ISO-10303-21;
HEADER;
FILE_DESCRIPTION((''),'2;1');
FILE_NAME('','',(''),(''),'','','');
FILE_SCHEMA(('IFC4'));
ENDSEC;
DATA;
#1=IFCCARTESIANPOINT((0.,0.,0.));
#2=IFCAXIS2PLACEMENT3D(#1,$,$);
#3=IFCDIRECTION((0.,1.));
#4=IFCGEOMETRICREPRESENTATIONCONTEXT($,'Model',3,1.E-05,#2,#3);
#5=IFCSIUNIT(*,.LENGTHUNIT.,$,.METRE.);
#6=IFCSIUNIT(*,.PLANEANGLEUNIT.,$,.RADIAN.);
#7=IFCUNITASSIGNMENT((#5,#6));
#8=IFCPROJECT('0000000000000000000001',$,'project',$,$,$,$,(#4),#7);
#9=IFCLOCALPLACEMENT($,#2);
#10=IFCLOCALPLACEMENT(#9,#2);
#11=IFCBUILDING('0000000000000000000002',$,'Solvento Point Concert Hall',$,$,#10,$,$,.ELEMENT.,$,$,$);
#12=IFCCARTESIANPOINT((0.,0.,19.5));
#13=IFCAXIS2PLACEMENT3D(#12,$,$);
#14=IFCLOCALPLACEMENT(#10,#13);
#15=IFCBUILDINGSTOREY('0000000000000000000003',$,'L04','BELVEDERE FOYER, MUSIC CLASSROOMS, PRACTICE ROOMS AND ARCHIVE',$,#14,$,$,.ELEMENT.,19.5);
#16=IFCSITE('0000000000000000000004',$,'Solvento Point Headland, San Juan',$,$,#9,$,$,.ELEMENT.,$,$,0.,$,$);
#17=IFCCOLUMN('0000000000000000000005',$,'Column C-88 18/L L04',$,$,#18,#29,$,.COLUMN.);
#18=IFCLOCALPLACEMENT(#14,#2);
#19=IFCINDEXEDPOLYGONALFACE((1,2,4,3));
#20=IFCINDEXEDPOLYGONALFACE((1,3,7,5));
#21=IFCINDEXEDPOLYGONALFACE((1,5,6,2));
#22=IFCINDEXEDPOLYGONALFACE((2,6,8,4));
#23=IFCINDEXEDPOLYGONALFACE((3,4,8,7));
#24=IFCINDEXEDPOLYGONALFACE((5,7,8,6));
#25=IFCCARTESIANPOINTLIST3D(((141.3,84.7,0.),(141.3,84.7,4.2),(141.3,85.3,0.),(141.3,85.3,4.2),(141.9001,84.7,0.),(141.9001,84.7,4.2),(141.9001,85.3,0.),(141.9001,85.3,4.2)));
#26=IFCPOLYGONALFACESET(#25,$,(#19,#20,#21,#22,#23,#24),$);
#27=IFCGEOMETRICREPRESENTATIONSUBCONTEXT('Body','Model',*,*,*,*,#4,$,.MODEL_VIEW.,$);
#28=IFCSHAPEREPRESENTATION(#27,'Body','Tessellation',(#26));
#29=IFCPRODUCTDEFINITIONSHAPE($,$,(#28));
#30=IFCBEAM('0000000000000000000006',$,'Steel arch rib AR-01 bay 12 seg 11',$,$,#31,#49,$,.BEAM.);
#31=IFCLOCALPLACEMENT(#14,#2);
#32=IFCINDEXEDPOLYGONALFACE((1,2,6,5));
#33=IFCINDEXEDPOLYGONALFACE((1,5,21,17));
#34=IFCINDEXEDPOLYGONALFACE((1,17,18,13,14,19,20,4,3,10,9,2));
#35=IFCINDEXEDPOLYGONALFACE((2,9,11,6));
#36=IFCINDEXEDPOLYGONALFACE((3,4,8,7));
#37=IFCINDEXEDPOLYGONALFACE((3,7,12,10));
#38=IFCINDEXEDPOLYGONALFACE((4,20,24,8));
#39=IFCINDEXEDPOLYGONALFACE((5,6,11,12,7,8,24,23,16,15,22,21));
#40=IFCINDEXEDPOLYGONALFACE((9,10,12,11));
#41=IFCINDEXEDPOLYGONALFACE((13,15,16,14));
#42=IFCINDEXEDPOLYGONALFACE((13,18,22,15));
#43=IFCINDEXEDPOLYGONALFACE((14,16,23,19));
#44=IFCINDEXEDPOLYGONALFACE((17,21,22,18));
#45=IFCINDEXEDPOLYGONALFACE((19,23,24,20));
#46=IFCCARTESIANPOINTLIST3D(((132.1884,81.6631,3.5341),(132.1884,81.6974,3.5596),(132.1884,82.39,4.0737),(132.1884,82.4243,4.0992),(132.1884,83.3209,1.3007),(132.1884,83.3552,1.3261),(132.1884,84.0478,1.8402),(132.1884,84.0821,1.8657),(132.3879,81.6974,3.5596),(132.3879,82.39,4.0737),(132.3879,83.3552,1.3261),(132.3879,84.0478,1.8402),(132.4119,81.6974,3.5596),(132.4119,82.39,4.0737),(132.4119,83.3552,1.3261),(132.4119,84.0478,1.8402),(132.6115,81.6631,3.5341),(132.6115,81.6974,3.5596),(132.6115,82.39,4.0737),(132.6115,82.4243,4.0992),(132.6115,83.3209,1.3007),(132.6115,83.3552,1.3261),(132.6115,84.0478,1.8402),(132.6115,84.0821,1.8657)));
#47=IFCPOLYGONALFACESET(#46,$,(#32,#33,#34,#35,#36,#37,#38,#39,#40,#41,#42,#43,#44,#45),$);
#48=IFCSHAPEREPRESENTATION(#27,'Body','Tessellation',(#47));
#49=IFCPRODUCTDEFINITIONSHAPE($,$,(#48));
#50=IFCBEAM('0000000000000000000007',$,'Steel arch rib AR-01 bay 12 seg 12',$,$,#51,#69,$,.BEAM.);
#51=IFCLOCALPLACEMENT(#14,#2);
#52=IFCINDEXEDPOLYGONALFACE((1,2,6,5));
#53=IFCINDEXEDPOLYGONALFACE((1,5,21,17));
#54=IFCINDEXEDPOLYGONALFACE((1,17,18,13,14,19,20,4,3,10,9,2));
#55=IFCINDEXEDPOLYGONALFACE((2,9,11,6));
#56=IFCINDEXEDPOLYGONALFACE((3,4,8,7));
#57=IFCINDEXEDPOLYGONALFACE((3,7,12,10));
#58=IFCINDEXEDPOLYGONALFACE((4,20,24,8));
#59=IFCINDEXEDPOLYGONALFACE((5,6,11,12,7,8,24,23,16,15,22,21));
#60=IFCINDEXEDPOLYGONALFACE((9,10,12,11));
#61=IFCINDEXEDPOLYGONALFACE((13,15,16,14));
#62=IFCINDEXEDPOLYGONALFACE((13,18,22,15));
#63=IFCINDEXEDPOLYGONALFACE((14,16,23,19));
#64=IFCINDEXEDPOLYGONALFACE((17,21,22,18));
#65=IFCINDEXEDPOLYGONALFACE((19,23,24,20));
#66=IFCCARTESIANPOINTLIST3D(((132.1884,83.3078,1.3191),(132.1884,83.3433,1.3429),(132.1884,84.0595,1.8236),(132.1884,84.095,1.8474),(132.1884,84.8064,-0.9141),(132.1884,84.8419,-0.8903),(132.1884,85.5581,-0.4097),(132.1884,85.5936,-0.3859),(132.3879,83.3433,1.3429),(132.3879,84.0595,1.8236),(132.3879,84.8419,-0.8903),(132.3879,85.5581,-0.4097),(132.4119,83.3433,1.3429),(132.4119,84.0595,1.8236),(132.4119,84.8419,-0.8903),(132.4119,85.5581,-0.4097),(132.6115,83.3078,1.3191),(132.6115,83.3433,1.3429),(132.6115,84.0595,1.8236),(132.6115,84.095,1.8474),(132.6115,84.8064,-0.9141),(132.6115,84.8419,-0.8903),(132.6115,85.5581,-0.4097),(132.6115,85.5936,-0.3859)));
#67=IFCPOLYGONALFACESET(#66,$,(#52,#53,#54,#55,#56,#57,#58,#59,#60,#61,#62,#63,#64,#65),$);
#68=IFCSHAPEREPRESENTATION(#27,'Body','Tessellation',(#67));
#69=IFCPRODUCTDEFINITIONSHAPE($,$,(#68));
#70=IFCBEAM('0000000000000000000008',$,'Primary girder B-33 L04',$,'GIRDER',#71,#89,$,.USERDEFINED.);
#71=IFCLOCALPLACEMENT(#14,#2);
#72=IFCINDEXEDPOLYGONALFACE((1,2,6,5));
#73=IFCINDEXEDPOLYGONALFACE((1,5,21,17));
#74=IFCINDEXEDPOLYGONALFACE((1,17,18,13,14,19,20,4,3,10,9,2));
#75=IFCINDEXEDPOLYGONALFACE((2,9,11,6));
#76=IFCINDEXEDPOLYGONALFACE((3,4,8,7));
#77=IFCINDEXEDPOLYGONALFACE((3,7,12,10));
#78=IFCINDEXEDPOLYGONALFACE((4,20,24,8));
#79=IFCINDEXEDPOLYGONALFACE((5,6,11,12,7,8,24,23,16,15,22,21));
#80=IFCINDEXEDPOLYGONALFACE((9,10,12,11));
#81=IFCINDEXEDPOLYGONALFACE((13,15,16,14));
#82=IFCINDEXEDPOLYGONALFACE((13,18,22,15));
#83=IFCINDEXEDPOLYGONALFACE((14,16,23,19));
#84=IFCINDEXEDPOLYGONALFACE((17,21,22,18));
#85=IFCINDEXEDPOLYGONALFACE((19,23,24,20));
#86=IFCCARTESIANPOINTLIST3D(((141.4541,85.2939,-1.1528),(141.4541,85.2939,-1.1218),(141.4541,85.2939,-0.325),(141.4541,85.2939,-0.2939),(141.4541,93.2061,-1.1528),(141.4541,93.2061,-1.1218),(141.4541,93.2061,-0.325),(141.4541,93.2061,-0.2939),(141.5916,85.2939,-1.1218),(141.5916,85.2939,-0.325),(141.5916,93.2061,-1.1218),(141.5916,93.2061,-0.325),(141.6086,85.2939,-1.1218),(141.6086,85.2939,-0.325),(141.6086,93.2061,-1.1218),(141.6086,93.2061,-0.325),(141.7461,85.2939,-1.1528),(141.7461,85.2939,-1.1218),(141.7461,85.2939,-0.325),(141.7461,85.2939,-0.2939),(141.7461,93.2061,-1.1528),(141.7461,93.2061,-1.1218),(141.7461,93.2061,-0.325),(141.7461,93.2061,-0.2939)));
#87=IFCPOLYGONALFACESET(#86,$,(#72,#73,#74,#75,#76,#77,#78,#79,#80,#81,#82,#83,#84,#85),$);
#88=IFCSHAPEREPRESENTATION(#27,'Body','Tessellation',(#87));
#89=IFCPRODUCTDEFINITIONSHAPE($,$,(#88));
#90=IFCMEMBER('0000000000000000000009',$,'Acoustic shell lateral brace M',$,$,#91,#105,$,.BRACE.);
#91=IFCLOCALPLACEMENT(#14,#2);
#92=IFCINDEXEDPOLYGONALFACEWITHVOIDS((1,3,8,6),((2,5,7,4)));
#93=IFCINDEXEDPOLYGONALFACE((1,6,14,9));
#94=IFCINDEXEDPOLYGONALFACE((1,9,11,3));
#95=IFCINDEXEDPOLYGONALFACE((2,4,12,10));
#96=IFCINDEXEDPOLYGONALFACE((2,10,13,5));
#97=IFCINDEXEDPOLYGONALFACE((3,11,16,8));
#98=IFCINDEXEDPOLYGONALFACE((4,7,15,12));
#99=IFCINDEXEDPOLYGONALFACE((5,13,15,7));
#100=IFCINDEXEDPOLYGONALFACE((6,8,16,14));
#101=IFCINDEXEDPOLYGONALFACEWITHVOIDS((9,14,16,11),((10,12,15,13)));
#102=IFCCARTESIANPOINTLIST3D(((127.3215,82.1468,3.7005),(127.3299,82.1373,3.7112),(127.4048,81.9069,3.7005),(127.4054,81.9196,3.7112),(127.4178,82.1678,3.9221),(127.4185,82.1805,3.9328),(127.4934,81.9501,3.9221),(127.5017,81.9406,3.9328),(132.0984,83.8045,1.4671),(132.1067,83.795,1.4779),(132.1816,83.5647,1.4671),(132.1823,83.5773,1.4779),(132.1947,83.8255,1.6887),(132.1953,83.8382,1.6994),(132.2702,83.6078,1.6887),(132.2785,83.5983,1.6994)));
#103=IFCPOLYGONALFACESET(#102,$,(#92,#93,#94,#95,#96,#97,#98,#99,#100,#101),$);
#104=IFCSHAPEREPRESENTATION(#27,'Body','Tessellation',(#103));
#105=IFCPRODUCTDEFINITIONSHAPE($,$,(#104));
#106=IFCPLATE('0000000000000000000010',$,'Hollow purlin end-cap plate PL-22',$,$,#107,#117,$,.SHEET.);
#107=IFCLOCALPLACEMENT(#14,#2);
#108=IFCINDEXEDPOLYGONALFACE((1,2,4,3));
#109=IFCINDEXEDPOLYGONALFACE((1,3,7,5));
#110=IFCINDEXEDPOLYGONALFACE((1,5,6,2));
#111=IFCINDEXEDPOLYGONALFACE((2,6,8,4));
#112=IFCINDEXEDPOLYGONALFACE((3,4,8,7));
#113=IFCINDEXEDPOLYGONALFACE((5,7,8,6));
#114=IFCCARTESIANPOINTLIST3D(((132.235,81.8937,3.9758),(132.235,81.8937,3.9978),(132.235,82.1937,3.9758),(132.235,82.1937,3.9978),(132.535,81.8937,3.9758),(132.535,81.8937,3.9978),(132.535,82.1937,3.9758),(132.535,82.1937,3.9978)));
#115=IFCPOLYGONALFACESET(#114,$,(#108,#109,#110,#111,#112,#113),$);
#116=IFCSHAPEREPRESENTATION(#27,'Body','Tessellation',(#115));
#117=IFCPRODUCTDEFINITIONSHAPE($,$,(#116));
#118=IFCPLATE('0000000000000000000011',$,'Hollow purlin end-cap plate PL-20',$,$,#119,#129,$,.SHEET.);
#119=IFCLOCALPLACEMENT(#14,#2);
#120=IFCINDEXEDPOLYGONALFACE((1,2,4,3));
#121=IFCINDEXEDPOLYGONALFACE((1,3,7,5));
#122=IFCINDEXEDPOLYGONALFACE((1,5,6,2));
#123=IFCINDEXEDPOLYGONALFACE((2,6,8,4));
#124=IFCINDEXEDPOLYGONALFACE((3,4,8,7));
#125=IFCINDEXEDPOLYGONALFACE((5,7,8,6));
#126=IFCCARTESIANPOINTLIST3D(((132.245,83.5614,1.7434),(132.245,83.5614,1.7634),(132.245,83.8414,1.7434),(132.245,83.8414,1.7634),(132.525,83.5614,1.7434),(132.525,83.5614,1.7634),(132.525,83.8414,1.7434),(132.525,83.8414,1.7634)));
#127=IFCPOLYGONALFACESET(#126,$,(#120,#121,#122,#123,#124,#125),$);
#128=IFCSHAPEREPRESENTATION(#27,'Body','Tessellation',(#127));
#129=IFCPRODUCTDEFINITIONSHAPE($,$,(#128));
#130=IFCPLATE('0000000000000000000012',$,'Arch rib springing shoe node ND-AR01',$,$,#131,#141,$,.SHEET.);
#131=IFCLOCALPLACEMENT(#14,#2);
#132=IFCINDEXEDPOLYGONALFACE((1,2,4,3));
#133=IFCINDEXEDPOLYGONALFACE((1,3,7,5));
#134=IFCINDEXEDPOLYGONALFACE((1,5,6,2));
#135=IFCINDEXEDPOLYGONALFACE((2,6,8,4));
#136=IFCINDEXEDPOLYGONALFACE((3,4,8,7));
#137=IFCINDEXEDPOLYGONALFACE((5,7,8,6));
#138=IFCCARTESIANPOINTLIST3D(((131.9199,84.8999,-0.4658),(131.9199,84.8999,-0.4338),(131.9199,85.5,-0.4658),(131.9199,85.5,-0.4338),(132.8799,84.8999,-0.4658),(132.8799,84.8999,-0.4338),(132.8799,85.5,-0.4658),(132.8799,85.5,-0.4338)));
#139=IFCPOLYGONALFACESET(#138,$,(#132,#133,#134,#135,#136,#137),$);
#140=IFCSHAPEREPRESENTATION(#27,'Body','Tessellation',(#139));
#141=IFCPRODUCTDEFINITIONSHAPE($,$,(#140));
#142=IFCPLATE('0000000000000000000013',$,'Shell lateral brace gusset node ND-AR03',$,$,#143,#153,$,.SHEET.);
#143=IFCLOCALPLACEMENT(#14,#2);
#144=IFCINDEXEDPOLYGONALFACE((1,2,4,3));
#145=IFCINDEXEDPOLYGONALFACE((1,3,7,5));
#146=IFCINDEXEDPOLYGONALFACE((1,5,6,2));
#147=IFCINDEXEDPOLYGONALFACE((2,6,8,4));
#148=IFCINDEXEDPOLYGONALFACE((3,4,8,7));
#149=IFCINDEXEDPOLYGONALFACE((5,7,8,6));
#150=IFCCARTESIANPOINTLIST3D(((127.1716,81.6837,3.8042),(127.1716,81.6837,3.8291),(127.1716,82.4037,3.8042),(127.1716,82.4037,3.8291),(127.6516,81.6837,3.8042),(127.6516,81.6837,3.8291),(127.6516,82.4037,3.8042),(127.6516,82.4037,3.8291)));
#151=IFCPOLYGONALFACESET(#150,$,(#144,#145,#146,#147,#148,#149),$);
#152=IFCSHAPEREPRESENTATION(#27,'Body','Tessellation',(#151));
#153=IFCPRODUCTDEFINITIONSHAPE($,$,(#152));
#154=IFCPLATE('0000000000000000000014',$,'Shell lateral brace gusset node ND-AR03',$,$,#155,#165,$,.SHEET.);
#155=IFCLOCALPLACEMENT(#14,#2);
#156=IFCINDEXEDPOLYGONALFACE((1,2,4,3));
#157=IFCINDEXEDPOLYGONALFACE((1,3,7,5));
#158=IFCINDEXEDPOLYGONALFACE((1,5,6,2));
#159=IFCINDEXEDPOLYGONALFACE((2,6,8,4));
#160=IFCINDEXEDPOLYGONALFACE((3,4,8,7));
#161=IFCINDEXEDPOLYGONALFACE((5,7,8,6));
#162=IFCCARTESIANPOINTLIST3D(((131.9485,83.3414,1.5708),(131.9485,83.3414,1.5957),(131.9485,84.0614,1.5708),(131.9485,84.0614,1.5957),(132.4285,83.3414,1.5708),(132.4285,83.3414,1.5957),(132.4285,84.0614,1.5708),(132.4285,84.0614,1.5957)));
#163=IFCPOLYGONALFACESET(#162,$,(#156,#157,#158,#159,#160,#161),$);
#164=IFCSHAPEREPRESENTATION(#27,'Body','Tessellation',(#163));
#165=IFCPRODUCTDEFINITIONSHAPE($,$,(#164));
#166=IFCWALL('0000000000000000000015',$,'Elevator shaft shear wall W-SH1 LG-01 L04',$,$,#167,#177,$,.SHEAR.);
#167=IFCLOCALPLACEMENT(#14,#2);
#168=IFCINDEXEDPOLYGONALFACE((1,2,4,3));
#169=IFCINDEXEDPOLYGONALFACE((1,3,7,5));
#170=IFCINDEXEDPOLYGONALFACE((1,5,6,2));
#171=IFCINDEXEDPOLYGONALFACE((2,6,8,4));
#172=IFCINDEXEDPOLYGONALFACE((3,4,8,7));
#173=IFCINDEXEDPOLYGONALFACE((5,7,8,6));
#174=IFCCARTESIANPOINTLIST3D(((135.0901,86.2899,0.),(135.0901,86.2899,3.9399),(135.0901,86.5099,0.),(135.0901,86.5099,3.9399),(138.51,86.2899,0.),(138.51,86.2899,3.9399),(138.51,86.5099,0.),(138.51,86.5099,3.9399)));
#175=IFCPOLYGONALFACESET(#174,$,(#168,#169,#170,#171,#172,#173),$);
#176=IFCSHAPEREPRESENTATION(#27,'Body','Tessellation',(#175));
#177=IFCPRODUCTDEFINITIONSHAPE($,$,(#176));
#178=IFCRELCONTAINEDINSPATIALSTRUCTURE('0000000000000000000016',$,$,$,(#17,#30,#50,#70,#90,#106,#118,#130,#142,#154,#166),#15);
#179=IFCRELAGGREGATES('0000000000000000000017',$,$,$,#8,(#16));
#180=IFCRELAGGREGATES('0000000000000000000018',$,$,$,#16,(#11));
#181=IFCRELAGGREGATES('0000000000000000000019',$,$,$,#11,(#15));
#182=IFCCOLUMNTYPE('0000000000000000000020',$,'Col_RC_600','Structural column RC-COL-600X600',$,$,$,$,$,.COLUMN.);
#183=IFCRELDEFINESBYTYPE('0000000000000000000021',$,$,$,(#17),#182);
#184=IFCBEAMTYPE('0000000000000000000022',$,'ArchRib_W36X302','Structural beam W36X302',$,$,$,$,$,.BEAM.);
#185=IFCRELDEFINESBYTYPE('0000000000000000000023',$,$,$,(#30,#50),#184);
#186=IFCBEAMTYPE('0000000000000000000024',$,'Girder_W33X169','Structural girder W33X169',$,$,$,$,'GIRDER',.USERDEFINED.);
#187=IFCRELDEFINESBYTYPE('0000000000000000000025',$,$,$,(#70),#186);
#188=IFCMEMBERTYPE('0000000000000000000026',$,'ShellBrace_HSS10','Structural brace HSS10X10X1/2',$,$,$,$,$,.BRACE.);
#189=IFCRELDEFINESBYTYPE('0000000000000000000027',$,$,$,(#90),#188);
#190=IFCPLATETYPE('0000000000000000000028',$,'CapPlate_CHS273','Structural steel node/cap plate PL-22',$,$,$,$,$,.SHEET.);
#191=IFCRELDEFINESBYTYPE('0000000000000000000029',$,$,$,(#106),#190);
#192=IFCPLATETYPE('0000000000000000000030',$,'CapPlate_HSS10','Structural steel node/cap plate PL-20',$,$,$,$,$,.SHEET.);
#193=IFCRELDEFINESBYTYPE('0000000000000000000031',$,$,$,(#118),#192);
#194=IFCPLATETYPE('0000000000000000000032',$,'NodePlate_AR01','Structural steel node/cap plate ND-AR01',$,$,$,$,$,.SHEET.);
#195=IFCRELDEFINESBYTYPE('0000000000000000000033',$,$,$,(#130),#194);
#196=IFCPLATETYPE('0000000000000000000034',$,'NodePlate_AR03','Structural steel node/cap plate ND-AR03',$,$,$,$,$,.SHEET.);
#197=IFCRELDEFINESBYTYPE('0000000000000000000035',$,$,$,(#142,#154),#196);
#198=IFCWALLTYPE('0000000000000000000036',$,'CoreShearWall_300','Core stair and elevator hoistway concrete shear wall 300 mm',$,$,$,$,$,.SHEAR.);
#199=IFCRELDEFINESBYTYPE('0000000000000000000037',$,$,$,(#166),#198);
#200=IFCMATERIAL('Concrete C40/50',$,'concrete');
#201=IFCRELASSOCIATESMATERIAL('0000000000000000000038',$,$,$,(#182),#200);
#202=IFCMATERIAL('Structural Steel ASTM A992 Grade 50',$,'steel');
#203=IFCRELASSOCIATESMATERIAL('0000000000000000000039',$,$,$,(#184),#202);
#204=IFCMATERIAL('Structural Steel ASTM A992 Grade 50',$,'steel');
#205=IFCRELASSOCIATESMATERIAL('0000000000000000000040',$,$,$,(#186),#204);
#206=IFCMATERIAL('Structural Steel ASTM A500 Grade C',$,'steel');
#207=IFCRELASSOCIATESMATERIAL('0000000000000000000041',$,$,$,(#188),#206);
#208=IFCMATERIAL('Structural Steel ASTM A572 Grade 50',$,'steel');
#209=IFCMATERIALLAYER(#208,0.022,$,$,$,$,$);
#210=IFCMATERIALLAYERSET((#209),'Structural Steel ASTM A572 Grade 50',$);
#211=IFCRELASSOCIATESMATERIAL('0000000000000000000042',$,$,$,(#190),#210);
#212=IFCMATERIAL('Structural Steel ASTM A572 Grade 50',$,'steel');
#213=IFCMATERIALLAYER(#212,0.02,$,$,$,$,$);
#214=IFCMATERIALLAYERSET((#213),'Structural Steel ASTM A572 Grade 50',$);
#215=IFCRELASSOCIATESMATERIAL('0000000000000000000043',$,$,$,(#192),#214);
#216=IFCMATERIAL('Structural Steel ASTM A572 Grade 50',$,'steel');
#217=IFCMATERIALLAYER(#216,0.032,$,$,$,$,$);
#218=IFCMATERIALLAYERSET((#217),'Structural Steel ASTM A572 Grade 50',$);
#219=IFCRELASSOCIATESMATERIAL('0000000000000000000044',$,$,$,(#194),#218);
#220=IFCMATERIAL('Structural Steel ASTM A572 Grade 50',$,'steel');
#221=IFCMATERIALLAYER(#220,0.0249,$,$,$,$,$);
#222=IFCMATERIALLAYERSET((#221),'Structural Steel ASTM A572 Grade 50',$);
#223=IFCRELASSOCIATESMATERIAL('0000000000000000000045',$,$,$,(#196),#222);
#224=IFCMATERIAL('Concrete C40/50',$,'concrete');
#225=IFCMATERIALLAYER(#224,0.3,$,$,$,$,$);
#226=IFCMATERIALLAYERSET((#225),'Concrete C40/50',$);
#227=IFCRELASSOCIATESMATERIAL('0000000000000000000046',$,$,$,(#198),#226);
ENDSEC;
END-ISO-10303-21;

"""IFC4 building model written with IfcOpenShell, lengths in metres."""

from ifc_helpers import new_model, si_unit, direction, frame, frame_2d, origin, origin_2d, place, context, subcontext, project, spatial, rectangle, hollow_rectangle, i_section, extrude, material, layer, layer_set, material_profile, profile_set, type_object, element, save


model = new_model("IFC4")

# Units and contexts
model_context = context("Model", 3, precision=1e-05, world=origin(), true_north=direction((0.0, 1.0)))
body_context = subcontext(model_context, "Body", "Model", "MODEL_VIEW")
ifc_project = project(units=[si_unit("LENGTHUNIT", "METRE"), si_unit("PLANEANGLEUNIT", "RADIAN")], contexts=[model_context])

# Site, building, storey
site_placement = place(None, origin())
site = spatial("IfcSite", under=ifc_project, at=site_placement, Name="Solvento Point Headland, San Juan", CompositionType="ELEMENT", RefElevation=0.0)
building_placement = place(site_placement, origin())
building = spatial("IfcBuilding", under=site, at=building_placement, Name="Solvento Point Concert Hall", CompositionType="ELEMENT")
storey_placement = place(building_placement, frame((0.0, 0.0, 19.5)))
storey = spatial("IfcBuildingStorey", under=building, at=storey_placement, Name="L04", Description="BELVEDERE FOYER, MUSIC CLASSROOMS, PRACTICE ROOMS AND ARCHIVE", CompositionType="ELEMENT", Elevation=19.5)

# Column
ifc_material_1 = material(Name="Concrete C40/50", Category="concrete")
ifc_material_profile_1 = material_profile(ifc_material_1, rectangle(XDim=0.6001, YDim=0.6001, at=origin_2d()), Name="RC-COL-600X600")
ifc_profile_set_1 = profile_set([ifc_material_profile_1], Name="Concrete C40/50")
column_type = type_object("IfcColumnType", Name="Col_RC_600", Description="Structural column RC-COL-600X600", PredefinedType="COLUMN", material=ifc_profile_set_1)
column_placement = place(storey_placement, frame((141.6001, 85.0, 0.0), z_axis=(0.0, 0.0, 1.0), x_axis=(1.0, 0.0, 0.0)))
element("IfcColumn", 1, at=column_placement, inside=storey, type_object=column_type, Name="Column C-88 18/L L04", PredefinedType="COLUMN", context=body_context, shape_type="SweptSolid", body=[
    extrude(rectangle(XDim=0.6001, YDim=0.6001, at=origin_2d()), origin(), (0.0, 0.0, 1.0), 4.2),
])

# Beams
ifc_material_2 = material(Name="Structural Steel ASTM A992 Grade 50", Category="steel")
ifc_material_profile_2 = material_profile(ifc_material_2, i_section(OverallWidth=0.4231, OverallDepth=0.948, WebThickness=0.0239, FlangeThickness=0.0427, at=origin_2d()), Name="W36X302")
ifc_profile_set_2 = profile_set([ifc_material_profile_2], Name="Structural Steel ASTM A992 Grade 50")
beam_type_1 = type_object("IfcBeamType", Name="ArchRib_W36X302", Description="Structural beam W36X302", PredefinedType="BEAM", material=ifc_profile_set_2)
beam_1_placement = place(storey_placement, frame((132.3999, 82.0437, 3.8167), z_axis=(0.0, 0.596004, -0.802981), x_axis=(-1.0, 0.0, 0.0)))
element("IfcBeam", 2, at=beam_1_placement, inside=storey, type_object=beam_type_1, Name="Steel arch rib AR-01 bay 12 seg 11", PredefinedType="BEAM", context=body_context, shape_type="SweptSolid", body=[
    extrude(i_section(OverallWidth=0.4231, OverallDepth=0.948, WebThickness=0.0239, FlangeThickness=0.0427, at=origin_2d()), origin(), (0.0, 0.0, 1.0), 2.7815),
])
beam_2_placement = place(storey_placement, frame((132.3999, 83.7014, 1.5833), z_axis=(0.0, 0.557212, -0.830371), x_axis=(-1.0, 0.0, 0.0)))
element("IfcBeam", 3, at=beam_2_placement, inside=storey, type_object=beam_type_1, Name="Steel arch rib AR-01 bay 12 seg 12", PredefinedType="BEAM", context=body_context, shape_type="SweptSolid", body=[
    extrude(i_section(OverallWidth=0.4231, OverallDepth=0.948, WebThickness=0.0239, FlangeThickness=0.0427, at=origin_2d()), origin(), (0.0, 0.0, 1.0), 2.6895),
])
ifc_material_3 = material(Name="Structural Steel ASTM A992 Grade 50", Category="steel")
ifc_material_profile_3 = material_profile(ifc_material_3, i_section(OverallWidth=0.292, OverallDepth=0.8589, WebThickness=0.0171, FlangeThickness=0.031, at=origin_2d()), Name="W33X169")
ifc_profile_set_3 = profile_set([ifc_material_profile_3], Name="Structural Steel ASTM A992 Grade 50")
beam_type_2 = type_object("IfcBeamType", Name="Girder_W33X169", Description="Structural girder W33X169", ElementType="GIRDER", PredefinedType="USERDEFINED", material=ifc_profile_set_3)
beam_3_placement = place(storey_placement, frame((141.6001, 85.2939, -0.7234), z_axis=(0.0, 1.0, 0.0), x_axis=(-1.0, 0.0, 0.0)))
element("IfcBeam", 4, at=beam_3_placement, inside=storey, type_object=beam_type_2, Name="Primary girder B-33 L04", ObjectType="GIRDER", PredefinedType="USERDEFINED", context=body_context, shape_type="SweptSolid", body=[
    extrude(i_section(OverallWidth=0.292, OverallDepth=0.8589, WebThickness=0.0171, FlangeThickness=0.031, at=origin_2d()), origin(), (0.0, 0.0, 1.0), 7.9121),
])

# Member
ifc_material_4 = material(Name="Structural Steel ASTM A500 Grade C", Category="steel")
ifc_material_profile_4 = material_profile(ifc_material_4, hollow_rectangle(XDim=0.2539, YDim=0.2539, WallThickness=0.0117, at=origin_2d()), Name="HSS10X10X1/2")
ifc_profile_set_4 = profile_set([ifc_material_profile_4], Name="Structural Steel ASTM A500 Grade C")
member_type = type_object("IfcMemberType", Name="ShellBrace_HSS10", Description="Structural brace HSS10X10X1/2", PredefinedType="BRACE", material=ifc_profile_set_4)
member_placement = place(storey_placement, frame((127.4116, 82.0437, 3.8167), z_axis=(0.864182, 0.299897, -0.404044), x_axis=(-0.32785, 0.94473, 0.0)))
element("IfcMember", 5, at=member_placement, inside=storey, type_object=member_type, Name="Acoustic shell lateral brace M", PredefinedType="BRACE", context=body_context, shape_type="SweptSolid", body=[
    extrude(hollow_rectangle(XDim=0.2539, YDim=0.2539, WallThickness=0.0117, at=origin_2d()), origin(), (0.0, 0.0, 1.0), 5.5276),
])

# Plates
ifc_material_5 = material(Name="Structural Steel ASTM A572 Grade 50", Category="steel")
ifc_layer_1 = layer(ifc_material_5, 0.022)
ifc_layer_set_1 = layer_set([ifc_layer_1], Name="Structural Steel ASTM A572 Grade 50")
plate_type_1 = type_object("IfcPlateType", Name="CapPlate_CHS273", Description="Structural steel node/cap plate PL-22", PredefinedType="SHEET", material=ifc_layer_set_1)
plate_1_placement = place(storey_placement, frame((132.385, 82.0437, 3.9758), z_axis=(0.0, 0.0, 1.0), x_axis=(0.0, 1.0, 0.0)))
element("IfcPlate", 6, at=plate_1_placement, inside=storey, type_object=plate_type_1, Name="Hollow purlin end-cap plate PL-22", PredefinedType="SHEET", context=body_context, shape_type="SweptSolid", body=[
    extrude(rectangle(XDim=0.3, YDim=0.3, at=origin_2d()), origin(), (0.0, 0.0, 1.0), 0.022),
])
ifc_material_6 = material(Name="Structural Steel ASTM A572 Grade 50", Category="steel")
ifc_layer_2 = layer(ifc_material_6, 0.02)
ifc_layer_set_2 = layer_set([ifc_layer_2], Name="Structural Steel ASTM A572 Grade 50")
plate_type_2 = type_object("IfcPlateType", Name="CapPlate_HSS10", Description="Structural steel node/cap plate PL-20", PredefinedType="SHEET", material=ifc_layer_set_2)
plate_2_placement = place(storey_placement, frame((132.385, 83.7014, 1.7434), z_axis=(0.0, 0.0, 1.0), x_axis=(0.0, 1.0, 0.0)))
element("IfcPlate", 7, at=plate_2_placement, inside=storey, type_object=plate_type_2, Name="Hollow purlin end-cap plate PL-20", PredefinedType="SHEET", context=body_context, shape_type="SweptSolid", body=[
    extrude(rectangle(XDim=0.28, YDim=0.28, at=origin_2d()), origin(), (0.0, 0.0, 1.0), 0.02),
])
ifc_material_7 = material(Name="Structural Steel ASTM A572 Grade 50", Category="steel")
ifc_layer_3 = layer(ifc_material_7, 0.032)
ifc_layer_set_3 = layer_set([ifc_layer_3], Name="Structural Steel ASTM A572 Grade 50")
plate_type_3 = type_object("IfcPlateType", Name="NodePlate_AR01", Description="Structural steel node/cap plate ND-AR01", PredefinedType="SHEET", material=ifc_layer_set_3)
plate_3_placement = place(storey_placement, frame((132.3999, 85.2, -0.4658), z_axis=(0.0, 0.0, 1.0), x_axis=(1.0, 0.0, 0.0)))
element("IfcPlate", 8, at=plate_3_placement, inside=storey, type_object=plate_type_3, Name="Arch rib springing shoe node ND-AR01", PredefinedType="SHEET", context=body_context, shape_type="SweptSolid", body=[
    extrude(rectangle(XDim=0.96, YDim=0.6001, at=origin_2d()), origin(), (0.0, 0.0, 1.0), 0.032),
])
ifc_material_8 = material(Name="Structural Steel ASTM A572 Grade 50", Category="steel")
ifc_layer_4 = layer(ifc_material_8, 0.0249)
ifc_layer_set_4 = layer_set([ifc_layer_4], Name="Structural Steel ASTM A572 Grade 50")
plate_type_4 = type_object("IfcPlateType", Name="NodePlate_AR03", Description="Structural steel node/cap plate ND-AR03", PredefinedType="SHEET", material=ifc_layer_set_4)
for number, where, z_axis, x_axis, name in (
    (9, (127.4116, 82.0437, 3.8042), (0.0, 0.0, 1.0), (0.0, 1.0, 0.0), "Shell lateral brace gusset node ND-AR03"),
    (10, (132.1885, 83.7014, 1.5708), (0.0, 0.0, 1.0), (0.0, 1.0, 0.0), "Shell lateral brace gusset node ND-AR03"),
):
    element("IfcPlate", number, at=place(storey_placement, frame(where, z_axis=z_axis, x_axis=x_axis)), inside=storey, type_object=plate_type_4, Name=name, PredefinedType="SHEET", context=body_context, shape_type="SweptSolid", body=[
        extrude(rectangle(XDim=0.72, YDim=0.48, at=origin_2d()), origin(), (0.0, 0.0, 1.0), 0.0249),
    ])

# Wall
ifc_material_9 = material(Name="Concrete C40/50", Category="concrete")
ifc_layer_5 = layer(ifc_material_9, 0.3)
ifc_layer_set_5 = layer_set([ifc_layer_5], Name="Concrete C40/50")
wall_type_1 = type_object("IfcWallType", Name="CoreShearWall_300", Description="Core stair and elevator hoistway concrete shear wall 300 mm", PredefinedType="SHEAR", material=ifc_layer_set_5)
for number, where, z_axis, x_axis, name in (
    (11, (135.0901, 86.3999, 0.0), (0.0, 0.0, 1.0), (1.0, 0.0, 0.0), "Elevator shaft shear wall W-SH1 LG-01 L04"),
):
    element("IfcWall", number, at=place(storey_placement, frame(where, z_axis=z_axis, x_axis=x_axis)), inside=storey, type_object=wall_type_1, Name=name, PredefinedType="SHEAR", context=body_context, shape_type="SweptSolid", body=[
        extrude(rectangle(XDim=3.4199, YDim=0.22, at=frame_2d((1.71, 0.0))), origin(), (0.0, 0.0, 1.0), 3.9399),
    ])

save(model, "model.ifc")
